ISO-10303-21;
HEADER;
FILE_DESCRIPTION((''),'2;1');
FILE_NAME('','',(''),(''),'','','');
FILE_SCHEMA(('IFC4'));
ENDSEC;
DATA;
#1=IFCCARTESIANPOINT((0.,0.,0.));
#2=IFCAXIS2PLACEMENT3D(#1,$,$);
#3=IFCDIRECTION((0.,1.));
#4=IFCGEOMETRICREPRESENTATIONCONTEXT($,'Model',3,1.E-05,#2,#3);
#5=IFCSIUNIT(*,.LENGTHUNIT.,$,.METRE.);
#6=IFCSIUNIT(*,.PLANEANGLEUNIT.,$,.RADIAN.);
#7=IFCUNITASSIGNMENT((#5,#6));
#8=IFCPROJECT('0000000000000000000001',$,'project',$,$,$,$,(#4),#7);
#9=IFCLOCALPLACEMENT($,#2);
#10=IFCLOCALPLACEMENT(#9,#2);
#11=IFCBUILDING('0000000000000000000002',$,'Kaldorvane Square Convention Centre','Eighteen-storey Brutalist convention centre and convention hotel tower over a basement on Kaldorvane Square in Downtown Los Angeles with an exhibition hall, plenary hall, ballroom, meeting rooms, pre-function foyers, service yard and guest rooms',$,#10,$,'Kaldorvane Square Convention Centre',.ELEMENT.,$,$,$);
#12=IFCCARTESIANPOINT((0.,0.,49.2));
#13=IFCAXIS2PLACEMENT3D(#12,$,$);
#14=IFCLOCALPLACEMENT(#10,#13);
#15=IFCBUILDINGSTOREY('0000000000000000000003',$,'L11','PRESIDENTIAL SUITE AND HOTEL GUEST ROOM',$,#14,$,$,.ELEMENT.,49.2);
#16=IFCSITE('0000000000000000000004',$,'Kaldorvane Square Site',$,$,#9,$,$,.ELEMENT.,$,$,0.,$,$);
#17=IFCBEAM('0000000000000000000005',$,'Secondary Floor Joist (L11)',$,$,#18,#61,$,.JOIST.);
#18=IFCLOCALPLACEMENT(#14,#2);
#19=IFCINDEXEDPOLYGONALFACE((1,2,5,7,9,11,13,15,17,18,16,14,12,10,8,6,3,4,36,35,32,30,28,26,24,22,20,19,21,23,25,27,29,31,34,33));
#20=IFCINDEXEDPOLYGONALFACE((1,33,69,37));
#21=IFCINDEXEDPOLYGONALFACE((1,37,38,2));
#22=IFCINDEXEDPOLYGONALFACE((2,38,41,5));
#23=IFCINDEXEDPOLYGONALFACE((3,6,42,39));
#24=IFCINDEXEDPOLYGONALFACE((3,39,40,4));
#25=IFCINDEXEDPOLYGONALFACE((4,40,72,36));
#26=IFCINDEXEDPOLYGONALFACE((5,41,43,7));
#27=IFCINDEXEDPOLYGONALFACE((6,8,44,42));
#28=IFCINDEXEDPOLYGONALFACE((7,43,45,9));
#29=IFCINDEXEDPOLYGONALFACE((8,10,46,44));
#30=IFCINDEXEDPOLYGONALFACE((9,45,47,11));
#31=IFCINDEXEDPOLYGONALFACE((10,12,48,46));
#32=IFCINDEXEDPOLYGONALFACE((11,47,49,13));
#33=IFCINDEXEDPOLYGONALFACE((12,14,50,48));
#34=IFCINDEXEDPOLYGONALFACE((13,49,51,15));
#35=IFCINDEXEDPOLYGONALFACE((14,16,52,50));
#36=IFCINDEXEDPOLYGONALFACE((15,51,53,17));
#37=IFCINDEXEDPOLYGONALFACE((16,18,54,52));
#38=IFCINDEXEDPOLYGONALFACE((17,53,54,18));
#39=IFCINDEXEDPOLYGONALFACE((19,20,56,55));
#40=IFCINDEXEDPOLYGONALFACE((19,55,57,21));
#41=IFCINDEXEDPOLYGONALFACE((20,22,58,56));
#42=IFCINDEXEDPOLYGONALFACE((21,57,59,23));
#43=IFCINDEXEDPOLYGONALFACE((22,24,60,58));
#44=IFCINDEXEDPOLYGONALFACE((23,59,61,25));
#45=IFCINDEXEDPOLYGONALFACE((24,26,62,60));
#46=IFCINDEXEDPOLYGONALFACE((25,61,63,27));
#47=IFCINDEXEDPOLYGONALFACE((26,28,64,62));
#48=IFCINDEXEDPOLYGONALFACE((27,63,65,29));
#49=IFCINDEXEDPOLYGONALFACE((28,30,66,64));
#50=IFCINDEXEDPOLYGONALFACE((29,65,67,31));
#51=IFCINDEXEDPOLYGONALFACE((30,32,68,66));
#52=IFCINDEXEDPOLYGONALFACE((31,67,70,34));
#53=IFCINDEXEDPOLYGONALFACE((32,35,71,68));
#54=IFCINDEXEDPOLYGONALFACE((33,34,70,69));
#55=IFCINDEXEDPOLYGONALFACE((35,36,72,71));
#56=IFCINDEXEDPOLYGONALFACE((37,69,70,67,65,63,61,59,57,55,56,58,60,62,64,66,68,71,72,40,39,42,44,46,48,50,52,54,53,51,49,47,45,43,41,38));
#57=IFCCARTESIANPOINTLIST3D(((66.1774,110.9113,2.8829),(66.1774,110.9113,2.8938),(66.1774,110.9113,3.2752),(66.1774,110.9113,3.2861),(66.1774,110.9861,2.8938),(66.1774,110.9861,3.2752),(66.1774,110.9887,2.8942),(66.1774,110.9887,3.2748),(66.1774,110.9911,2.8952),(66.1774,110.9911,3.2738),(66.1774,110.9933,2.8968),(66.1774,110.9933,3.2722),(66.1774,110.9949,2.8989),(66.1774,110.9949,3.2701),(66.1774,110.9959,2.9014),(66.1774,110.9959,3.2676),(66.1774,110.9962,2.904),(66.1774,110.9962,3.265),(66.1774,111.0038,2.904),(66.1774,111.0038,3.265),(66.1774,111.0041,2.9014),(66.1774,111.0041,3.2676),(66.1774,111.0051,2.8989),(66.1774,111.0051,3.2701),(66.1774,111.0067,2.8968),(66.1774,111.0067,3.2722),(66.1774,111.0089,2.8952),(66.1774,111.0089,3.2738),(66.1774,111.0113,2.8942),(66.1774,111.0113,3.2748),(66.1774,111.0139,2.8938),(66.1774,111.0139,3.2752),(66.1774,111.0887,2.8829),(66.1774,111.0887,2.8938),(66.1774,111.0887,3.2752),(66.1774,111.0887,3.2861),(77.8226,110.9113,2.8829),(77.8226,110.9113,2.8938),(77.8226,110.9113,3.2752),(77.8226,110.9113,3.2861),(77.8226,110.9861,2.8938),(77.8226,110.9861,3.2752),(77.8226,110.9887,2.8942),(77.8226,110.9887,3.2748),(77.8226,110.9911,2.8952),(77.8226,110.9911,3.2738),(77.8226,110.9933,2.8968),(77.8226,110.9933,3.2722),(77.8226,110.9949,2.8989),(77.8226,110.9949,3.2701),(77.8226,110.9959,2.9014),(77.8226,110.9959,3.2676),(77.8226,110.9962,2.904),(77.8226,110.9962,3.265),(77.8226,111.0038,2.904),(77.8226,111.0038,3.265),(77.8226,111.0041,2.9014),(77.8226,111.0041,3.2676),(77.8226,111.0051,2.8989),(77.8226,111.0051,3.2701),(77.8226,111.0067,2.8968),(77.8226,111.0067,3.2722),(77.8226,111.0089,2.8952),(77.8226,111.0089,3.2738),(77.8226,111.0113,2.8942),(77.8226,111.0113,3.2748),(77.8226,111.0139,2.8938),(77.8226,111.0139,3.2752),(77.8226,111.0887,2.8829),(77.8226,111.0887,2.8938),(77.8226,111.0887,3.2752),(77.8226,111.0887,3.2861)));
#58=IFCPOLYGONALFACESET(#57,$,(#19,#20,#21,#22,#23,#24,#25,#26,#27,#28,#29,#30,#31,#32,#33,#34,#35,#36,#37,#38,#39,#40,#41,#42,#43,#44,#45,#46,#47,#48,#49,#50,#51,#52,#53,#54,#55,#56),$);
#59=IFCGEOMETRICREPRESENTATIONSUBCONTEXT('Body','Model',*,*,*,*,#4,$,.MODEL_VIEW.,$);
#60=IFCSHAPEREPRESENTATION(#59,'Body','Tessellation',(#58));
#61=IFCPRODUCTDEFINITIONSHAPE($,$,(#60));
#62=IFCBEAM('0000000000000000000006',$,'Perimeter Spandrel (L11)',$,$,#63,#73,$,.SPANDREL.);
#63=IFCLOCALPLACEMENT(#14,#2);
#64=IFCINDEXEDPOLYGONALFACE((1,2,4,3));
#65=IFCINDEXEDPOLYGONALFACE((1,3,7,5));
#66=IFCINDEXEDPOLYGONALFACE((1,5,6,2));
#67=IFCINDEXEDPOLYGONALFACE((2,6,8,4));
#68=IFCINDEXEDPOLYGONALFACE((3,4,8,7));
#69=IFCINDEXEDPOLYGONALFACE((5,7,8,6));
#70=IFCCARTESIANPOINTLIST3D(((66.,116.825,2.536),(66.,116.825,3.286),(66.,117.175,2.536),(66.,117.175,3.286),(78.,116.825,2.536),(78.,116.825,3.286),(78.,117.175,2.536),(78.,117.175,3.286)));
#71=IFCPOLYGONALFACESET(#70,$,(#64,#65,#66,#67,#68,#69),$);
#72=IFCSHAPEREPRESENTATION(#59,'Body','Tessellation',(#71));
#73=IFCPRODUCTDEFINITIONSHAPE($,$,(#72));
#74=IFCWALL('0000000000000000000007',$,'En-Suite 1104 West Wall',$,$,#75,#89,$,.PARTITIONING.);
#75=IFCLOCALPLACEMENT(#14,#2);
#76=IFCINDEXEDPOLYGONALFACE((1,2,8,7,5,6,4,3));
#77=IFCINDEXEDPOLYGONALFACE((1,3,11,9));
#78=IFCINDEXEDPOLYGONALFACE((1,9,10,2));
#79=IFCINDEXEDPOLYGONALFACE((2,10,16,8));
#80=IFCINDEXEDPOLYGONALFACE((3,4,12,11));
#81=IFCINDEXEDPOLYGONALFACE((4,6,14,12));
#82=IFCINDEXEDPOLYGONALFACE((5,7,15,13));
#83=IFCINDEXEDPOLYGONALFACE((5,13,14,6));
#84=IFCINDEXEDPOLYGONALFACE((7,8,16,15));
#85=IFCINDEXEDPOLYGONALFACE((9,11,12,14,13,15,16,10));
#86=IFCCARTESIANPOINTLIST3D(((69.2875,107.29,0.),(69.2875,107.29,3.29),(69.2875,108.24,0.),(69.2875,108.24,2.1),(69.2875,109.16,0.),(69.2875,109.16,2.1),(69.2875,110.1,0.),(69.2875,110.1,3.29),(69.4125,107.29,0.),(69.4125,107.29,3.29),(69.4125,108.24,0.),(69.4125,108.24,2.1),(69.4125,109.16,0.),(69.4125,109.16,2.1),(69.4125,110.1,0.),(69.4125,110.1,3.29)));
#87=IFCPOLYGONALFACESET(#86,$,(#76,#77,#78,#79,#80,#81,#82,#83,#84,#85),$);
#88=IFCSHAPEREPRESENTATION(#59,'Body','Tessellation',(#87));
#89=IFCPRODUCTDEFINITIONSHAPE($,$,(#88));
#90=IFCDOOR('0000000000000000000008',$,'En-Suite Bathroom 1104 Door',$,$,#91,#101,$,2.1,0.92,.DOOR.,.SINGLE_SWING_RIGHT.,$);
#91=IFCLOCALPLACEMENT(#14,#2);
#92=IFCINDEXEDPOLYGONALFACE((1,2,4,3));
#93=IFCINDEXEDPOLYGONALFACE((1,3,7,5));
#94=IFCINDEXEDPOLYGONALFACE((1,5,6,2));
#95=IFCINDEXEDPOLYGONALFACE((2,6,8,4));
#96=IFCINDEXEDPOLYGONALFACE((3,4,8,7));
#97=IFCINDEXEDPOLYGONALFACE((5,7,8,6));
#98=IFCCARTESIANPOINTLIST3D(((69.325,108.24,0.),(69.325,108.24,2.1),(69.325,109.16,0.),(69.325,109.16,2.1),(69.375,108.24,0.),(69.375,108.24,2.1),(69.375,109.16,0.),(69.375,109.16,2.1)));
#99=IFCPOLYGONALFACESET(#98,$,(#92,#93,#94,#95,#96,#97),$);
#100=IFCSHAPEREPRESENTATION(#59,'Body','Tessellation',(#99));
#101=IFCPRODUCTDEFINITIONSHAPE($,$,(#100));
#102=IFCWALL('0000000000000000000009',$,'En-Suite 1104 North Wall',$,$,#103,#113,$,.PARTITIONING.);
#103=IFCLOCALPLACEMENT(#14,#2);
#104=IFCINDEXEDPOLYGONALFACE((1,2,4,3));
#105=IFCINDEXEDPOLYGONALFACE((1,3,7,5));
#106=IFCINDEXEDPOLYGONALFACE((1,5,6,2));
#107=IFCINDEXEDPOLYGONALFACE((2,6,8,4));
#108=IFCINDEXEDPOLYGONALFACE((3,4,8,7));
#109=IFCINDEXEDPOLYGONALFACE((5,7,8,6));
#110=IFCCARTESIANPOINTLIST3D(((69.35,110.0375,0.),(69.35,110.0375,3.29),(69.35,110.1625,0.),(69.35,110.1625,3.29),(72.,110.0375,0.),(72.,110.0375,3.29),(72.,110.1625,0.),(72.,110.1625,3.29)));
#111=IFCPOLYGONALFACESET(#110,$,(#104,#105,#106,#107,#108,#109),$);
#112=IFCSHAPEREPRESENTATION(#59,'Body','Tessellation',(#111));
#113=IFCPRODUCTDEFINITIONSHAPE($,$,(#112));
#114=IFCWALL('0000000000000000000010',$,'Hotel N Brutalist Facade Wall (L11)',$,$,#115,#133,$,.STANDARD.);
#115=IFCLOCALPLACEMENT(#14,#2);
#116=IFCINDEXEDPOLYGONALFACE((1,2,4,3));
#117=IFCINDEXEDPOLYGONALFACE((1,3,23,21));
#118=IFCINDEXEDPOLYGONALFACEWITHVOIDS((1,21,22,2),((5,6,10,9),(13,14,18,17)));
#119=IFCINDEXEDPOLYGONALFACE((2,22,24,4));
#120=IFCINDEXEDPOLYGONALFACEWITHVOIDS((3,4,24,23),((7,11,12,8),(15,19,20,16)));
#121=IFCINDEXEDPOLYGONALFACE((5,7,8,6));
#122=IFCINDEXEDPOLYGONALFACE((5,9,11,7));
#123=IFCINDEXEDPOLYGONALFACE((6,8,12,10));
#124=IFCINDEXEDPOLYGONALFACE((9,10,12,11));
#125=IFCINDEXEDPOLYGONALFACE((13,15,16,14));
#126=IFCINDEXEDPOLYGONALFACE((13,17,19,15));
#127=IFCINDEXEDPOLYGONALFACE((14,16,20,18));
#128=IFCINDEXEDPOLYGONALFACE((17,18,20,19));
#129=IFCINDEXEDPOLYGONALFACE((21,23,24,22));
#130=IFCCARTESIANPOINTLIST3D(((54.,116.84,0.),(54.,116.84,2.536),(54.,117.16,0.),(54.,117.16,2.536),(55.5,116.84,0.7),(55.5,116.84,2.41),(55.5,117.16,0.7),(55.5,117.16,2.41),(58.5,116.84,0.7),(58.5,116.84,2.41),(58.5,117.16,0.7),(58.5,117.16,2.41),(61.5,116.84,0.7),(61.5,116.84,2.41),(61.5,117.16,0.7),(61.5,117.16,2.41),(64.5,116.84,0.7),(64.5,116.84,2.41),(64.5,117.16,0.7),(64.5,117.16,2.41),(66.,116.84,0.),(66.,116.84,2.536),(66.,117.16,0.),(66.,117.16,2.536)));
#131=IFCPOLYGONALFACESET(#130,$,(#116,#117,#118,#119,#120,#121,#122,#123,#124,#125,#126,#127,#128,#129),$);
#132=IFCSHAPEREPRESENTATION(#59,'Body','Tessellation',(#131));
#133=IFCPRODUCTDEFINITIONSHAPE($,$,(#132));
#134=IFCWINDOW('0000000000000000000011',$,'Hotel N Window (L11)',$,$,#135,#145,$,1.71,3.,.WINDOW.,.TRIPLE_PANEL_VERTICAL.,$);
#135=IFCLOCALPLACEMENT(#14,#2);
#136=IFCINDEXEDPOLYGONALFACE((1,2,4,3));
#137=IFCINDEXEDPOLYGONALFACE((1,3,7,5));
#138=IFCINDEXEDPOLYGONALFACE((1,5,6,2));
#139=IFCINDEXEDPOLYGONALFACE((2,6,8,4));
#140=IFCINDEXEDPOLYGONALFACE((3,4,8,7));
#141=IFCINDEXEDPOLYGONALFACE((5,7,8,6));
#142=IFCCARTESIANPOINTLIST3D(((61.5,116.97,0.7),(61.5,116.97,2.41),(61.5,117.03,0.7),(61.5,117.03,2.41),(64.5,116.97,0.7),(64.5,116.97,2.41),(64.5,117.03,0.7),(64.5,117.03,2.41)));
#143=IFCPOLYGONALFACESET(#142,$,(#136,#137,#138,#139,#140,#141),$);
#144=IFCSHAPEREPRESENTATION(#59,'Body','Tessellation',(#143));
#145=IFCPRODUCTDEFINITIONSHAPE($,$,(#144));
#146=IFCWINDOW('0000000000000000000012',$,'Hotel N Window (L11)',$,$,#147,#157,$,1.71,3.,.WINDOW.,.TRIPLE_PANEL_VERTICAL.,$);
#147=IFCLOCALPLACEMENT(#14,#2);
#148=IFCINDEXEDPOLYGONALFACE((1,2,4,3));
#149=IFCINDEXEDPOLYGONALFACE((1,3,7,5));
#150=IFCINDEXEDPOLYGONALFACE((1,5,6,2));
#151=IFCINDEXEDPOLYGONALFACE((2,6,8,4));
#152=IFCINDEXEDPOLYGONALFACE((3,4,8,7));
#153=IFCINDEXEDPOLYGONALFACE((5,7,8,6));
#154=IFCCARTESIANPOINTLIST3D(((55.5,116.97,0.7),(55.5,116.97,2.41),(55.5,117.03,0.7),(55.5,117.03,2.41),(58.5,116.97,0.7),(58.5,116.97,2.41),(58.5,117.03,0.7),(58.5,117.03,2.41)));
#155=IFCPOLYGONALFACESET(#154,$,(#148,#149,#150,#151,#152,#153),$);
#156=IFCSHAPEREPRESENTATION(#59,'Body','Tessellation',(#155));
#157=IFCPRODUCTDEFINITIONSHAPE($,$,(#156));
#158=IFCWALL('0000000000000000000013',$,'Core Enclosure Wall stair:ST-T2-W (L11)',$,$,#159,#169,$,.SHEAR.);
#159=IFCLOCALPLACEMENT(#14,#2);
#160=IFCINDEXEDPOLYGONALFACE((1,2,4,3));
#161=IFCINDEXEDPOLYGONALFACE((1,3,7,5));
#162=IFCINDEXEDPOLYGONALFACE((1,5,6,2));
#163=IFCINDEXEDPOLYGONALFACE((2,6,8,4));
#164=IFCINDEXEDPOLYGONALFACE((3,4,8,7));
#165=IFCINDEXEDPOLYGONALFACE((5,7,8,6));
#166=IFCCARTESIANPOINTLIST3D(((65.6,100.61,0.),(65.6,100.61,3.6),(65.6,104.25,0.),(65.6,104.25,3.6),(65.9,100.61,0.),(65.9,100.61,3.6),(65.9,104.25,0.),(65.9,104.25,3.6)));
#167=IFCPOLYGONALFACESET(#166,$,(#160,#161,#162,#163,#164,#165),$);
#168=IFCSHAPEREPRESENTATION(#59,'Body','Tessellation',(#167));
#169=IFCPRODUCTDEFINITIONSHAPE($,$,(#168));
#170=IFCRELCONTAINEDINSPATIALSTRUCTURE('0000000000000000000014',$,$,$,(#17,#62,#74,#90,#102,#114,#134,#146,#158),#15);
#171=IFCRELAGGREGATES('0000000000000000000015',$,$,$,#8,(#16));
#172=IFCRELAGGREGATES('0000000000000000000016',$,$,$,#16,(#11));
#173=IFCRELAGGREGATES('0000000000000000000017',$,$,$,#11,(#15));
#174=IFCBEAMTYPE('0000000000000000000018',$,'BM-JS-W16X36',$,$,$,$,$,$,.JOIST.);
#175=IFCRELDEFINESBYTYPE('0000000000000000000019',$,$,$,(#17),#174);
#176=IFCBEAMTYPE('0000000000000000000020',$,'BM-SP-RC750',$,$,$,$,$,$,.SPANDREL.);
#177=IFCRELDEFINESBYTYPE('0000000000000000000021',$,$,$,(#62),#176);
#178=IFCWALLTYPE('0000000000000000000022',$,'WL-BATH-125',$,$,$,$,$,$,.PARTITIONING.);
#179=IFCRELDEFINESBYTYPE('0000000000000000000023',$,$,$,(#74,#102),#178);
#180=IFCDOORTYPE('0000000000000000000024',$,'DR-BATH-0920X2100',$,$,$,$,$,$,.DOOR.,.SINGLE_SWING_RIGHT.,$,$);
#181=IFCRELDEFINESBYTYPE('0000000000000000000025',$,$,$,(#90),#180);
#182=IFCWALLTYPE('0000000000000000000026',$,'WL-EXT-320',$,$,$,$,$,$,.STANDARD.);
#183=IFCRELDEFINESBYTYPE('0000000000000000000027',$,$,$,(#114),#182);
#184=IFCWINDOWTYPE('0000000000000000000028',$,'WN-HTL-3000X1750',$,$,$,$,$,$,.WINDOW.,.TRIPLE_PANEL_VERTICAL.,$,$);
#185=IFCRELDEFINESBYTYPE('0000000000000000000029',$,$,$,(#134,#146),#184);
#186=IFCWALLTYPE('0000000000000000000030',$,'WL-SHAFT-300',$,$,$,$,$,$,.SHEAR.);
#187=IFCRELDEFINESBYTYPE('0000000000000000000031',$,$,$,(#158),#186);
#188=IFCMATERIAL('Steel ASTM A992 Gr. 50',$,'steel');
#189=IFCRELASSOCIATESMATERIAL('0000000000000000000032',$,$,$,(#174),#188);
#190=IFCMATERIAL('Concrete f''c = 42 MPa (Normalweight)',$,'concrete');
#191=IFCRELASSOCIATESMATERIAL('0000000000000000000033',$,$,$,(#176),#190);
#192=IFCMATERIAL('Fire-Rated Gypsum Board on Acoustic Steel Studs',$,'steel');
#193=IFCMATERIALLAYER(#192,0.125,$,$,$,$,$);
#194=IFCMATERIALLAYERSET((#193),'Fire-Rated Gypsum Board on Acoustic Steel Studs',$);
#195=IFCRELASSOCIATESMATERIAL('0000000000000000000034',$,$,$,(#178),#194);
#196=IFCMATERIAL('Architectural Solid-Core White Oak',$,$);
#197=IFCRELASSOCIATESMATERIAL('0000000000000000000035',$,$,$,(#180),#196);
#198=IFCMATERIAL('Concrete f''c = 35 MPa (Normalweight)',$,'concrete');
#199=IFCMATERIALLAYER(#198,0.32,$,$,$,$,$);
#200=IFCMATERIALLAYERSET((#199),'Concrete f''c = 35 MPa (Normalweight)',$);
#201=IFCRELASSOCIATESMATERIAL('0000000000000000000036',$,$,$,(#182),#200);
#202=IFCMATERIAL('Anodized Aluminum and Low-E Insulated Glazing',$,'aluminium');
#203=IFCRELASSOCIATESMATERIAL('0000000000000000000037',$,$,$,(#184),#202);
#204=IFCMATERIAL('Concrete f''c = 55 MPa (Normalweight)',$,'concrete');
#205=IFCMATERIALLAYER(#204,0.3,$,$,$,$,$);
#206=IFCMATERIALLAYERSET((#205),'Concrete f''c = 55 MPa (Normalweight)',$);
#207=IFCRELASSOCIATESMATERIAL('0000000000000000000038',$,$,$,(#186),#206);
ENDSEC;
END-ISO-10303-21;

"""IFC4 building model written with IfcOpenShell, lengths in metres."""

from ifc_helpers import new_model, si_unit, direction, frame, frame_2d, origin, origin_2d, place, context, subcontext, project, spatial, rectangle, i_section, extrude, material, layer, layer_set, material_profile, profile_set, type_object, element, fill, save


model = new_model("IFC4")

# Units and contexts
model_context = context("Model", 3, precision=1e-05, world=origin(), true_north=direction((0.0, 1.0)))
body_context = subcontext(model_context, "Body", "Model", "MODEL_VIEW")
ifc_project = project(units=[si_unit("LENGTHUNIT", "METRE"), si_unit("PLANEANGLEUNIT", "RADIAN")], contexts=[model_context])

# Site, building, storey
site_placement = place(None, origin())
site = spatial("IfcSite", under=ifc_project, at=site_placement, Name="Kaldorvane Square Site", CompositionType="ELEMENT", RefElevation=0.0)
building_placement = place(site_placement, origin())
building = spatial("IfcBuilding", under=site, at=building_placement, Name="Kaldorvane Square Convention Centre", Description="Eighteen-storey Brutalist convention centre and convention hotel tower over a basement on Kaldorvane Square in Downtown Los Angeles with an exhibition hall, plenary hall, ballroom, meeting rooms, pre-function foyers, service yard and guest rooms", LongName="Kaldorvane Square Convention Centre", CompositionType="ELEMENT")
storey_placement = place(building_placement, frame((0.0, 0.0, 49.2)))
storey = spatial("IfcBuildingStorey", under=building, at=storey_placement, Name="L11", Description="PRESIDENTIAL SUITE AND HOTEL GUEST ROOM", CompositionType="ELEMENT", Elevation=49.2)

# Shared definitions
ifc_material_1 = material(Name="Concrete f'c = 42 MPa (Normalweight)", Category="concrete")
ifc_material_2 = material(Name="Steel ASTM A992 Gr. 50", Category="steel")

# Beams
ifc_material_profile_1 = material_profile(ifc_material_2, i_section(OverallWidth=0.1774, OverallDepth=0.4031, WebThickness=0.0075, FlangeThickness=0.0109, FilletRadius=0.0102, at=origin_2d()), Name="W16X36")
ifc_profile_set_1 = profile_set([ifc_material_profile_1], Name="Steel ASTM A992 Gr. 50")
beam_type_1 = type_object("IfcBeamType", Name="BM-JS-W16X36", PredefinedType="JOIST", material=ifc_profile_set_1)
beam_1_placement = place(storey_placement, frame((66.1774, 111.0, 3.0845), z_axis=(1.0, 0.0, 0.0), x_axis=(0.0, 1.0, 0.0)))
element("IfcBeam", 1, at=beam_1_placement, inside=storey, type_object=beam_type_1, Name="Secondary Floor Joist (L11)", PredefinedType="JOIST", context=body_context, shape_type="SweptSolid", body=[
    extrude(i_section(OverallWidth=0.1774, OverallDepth=0.4031, WebThickness=0.0075, FlangeThickness=0.0109, FilletRadius=0.0102, at=origin_2d()), origin(), (0.0, 0.0, 1.0), 11.6452),
])
ifc_material_profile_2 = material_profile(ifc_material_1, rectangle(XDim=0.35, YDim=0.75, at=origin_2d()), Name="RCSP750X350")
ifc_profile_set_2 = profile_set([ifc_material_profile_2], Name="Concrete f'c = 42 MPa (Normalweight)")
beam_type_2 = type_object("IfcBeamType", Name="BM-SP-RC750", PredefinedType="SPANDREL", material=ifc_profile_set_2)
beam_2_placement = place(storey_placement, frame((66.0, 117.0, 2.911), z_axis=(1.0, 0.0, 0.0), x_axis=(0.0, 1.0, 0.0)))
element("IfcBeam", 2, at=beam_2_placement, inside=storey, type_object=beam_type_2, Name="Perimeter Spandrel (L11)", PredefinedType="SPANDREL", context=body_context, shape_type="SweptSolid", body=[
    extrude(rectangle(XDim=0.35, YDim=0.75, at=origin_2d()), origin(), (0.0, 0.0, 1.0), 12.0),
])

# Wall, opening, door
ifc_material_3 = material(Name="Fire-Rated Gypsum Board on Acoustic Steel Studs", Category="steel")
ifc_layer_1 = layer(ifc_material_3, 0.125)
ifc_layer_set_1 = layer_set([ifc_layer_1], Name="Fire-Rated Gypsum Board on Acoustic Steel Studs")
wall_type_1 = type_object("IfcWallType", Name="WL-BATH-125", PredefinedType="PARTITIONING", material=ifc_layer_set_1)
wall_1_placement = place(storey_placement, frame((69.35, 107.29, 0.0), z_axis=(0.0, 0.0, 1.0), x_axis=(0.0, 1.0, 0.0)))
wall_1 = element("IfcWall", 3, at=wall_1_placement, inside=storey, type_object=wall_type_1, Name="En-Suite 1104 West Wall", PredefinedType="PARTITIONING", context=body_context, shape_type="SweptSolid", body=[
    extrude(rectangle(XDim=2.81, YDim=0.125, at=frame_2d((1.405, 0.0))), origin(), (0.0, 0.0, 1.0), 3.29),
])
opening_1_placement = place(wall_1_placement, frame((0.95, 0.0, 0.0)))
opening_1 = element("IfcOpeningElement", 4, at=opening_1_placement, cuts=wall_1, PredefinedType="OPENING", context=body_context, shape_type="SweptSolid", body=[
    extrude(rectangle(XDim=0.92, YDim=2.1, at=frame_2d((0.46, 1.05))), frame((0.0, 0.0775, 0.0), z_axis=(0.0, -1.0, 0.0), x_axis=(1.0, 0.0, 0.0)), (0.0, 0.0, 1.0), 0.155),
])
ifc_material_4 = material(Name="Architectural Solid-Core White Oak")
door_type = type_object("IfcDoorType", Name="DR-BATH-0920X2100", OperationType="SINGLE_SWING_RIGHT", PredefinedType="DOOR", material=ifc_material_4)
door_placement = place(opening_1_placement, origin())
door = element("IfcDoor", 5, at=door_placement, inside=storey, type_object=door_type, Name="En-Suite Bathroom 1104 Door", OperationType="SINGLE_SWING_RIGHT", OverallHeight=2.1, OverallWidth=0.92, PredefinedType="DOOR", context=body_context, shape_type="SweptSolid", body=[
    extrude(rectangle(XDim=0.92, YDim=2.1, at=frame_2d((0.46, 1.05))), frame((0.0, 0.025, 0.0), z_axis=(0.0, -1.0, 0.0), x_axis=(1.0, 0.0, 0.0)), (0.0, 0.0, 1.0), 0.05),
])
fill(opening_1, door)

# Wall
wall_2_placement = place(storey_placement, frame((69.35, 110.1, 0.0), z_axis=(0.0, 0.0, 1.0), x_axis=(1.0, 0.0, 0.0)))
element("IfcWall", 6, at=wall_2_placement, inside=storey, type_object=wall_type_1, Name="En-Suite 1104 North Wall", PredefinedType="PARTITIONING", context=body_context, shape_type="SweptSolid", body=[
    extrude(rectangle(XDim=2.65, YDim=0.125, at=frame_2d((1.325, 0.0))), origin(), (0.0, 0.0, 1.0), 3.29),
])

# Wall, openings, windows
ifc_material_5 = material(Name="Concrete f'c = 35 MPa (Normalweight)", Category="concrete")
ifc_layer_2 = layer(ifc_material_5, 0.32)
ifc_layer_set_2 = layer_set([ifc_layer_2], Name="Concrete f'c = 35 MPa (Normalweight)")
wall_type_2 = type_object("IfcWallType", Name="WL-EXT-320", PredefinedType="STANDARD", material=ifc_layer_set_2)
wall_3_placement = place(storey_placement, frame((66.0, 117.0, 0.0), z_axis=(0.0, 0.0, 1.0), x_axis=(-1.0, 0.0, 0.0)))
wall_3 = element("IfcWall", 7, at=wall_3_placement, inside=storey, type_object=wall_type_2, Name="Hotel N Brutalist Facade Wall (L11)", PredefinedType="STANDARD", context=body_context, shape_type="SweptSolid", body=[
    extrude(rectangle(XDim=12.0, YDim=0.32, at=frame_2d((6.0, 0.0))), origin(), (0.0, 0.0, 1.0), 2.536),
])
opening_2_placement = place(wall_3_placement, frame((1.5, 0.0, 0.7)))
opening_2 = element("IfcOpeningElement", 8, at=opening_2_placement, cuts=wall_3, PredefinedType="OPENING", context=body_context, shape_type="SweptSolid", body=[
    extrude(rectangle(XDim=3.0, YDim=1.71, at=frame_2d((1.5, 0.855))), frame((0.0, 0.175, 0.0), z_axis=(0.0, -1.0, 0.0), x_axis=(1.0, 0.0, 0.0)), (0.0, 0.0, 1.0), 0.35),
])
opening_3_placement = place(wall_3_placement, frame((7.5, 0.0, 0.7)))
opening_3 = element("IfcOpeningElement", 9, at=opening_3_placement, cuts=wall_3, PredefinedType="OPENING", context=body_context, shape_type="SweptSolid", body=[
    extrude(rectangle(XDim=3.0, YDim=1.71, at=frame_2d((1.5, 0.855))), frame((0.0, 0.175, 0.0), z_axis=(0.0, -1.0, 0.0), x_axis=(1.0, 0.0, 0.0)), (0.0, 0.0, 1.0), 0.35),
])
ifc_material_6 = material(Name="Anodized Aluminum and Low-E Insulated Glazing", Category="aluminium")
window_type = type_object("IfcWindowType", Name="WN-HTL-3000X1750", PartitioningType="TRIPLE_PANEL_VERTICAL", PredefinedType="WINDOW", material=ifc_material_6)
window_1_placement = place(opening_2_placement, origin())
window_1 = element("IfcWindow", 10, at=window_1_placement, inside=storey, type_object=window_type, Name="Hotel N Window (L11)", OverallHeight=1.71, OverallWidth=3.0, PartitioningType="TRIPLE_PANEL_VERTICAL", PredefinedType="WINDOW", context=body_context, shape_type="SweptSolid", body=[
    extrude(rectangle(XDim=3.0, YDim=1.71, at=frame_2d((1.5, 0.855))), frame((0.0, 0.03, 0.0), z_axis=(0.0, -1.0, 0.0), x_axis=(1.0, 0.0, 0.0)), (0.0, 0.0, 1.0), 0.06),
])
fill(opening_2, window_1)
window_2_placement = place(opening_3_placement, origin())
window_2 = element("IfcWindow", 11, at=window_2_placement, inside=storey, type_object=window_type, Name="Hotel N Window (L11)", OverallHeight=1.71, OverallWidth=3.0, PartitioningType="TRIPLE_PANEL_VERTICAL", PredefinedType="WINDOW", context=body_context, shape_type="SweptSolid", body=[
    extrude(rectangle(XDim=3.0, YDim=1.71, at=frame_2d((1.5, 0.855))), frame((0.0, 0.03, 0.0), z_axis=(0.0, -1.0, 0.0), x_axis=(1.0, 0.0, 0.0)), (0.0, 0.0, 1.0), 0.06),
])
fill(opening_3, window_2)

# Wall
ifc_material_7 = material(Name="Concrete f'c = 55 MPa (Normalweight)", Category="concrete")
ifc_layer_3 = layer(ifc_material_7, 0.3)
ifc_layer_set_3 = layer_set([ifc_layer_3], Name="Concrete f'c = 55 MPa (Normalweight)")
wall_type_3 = type_object("IfcWallType", Name="WL-SHAFT-300", PredefinedType="SHEAR", material=ifc_layer_set_3)
wall_4_placement = place(storey_placement, frame((65.75, 104.25, 0.0), z_axis=(0.0, 0.0, 1.0), x_axis=(0.0, -1.0, 0.0)))
element("IfcWall", 12, at=wall_4_placement, inside=storey, type_object=wall_type_3, Name="Core Enclosure Wall stair:ST-T2-W (L11)", PredefinedType="SHEAR", context=body_context, shape_type="SweptSolid", body=[
    extrude(rectangle(XDim=3.64, YDim=0.3, at=frame_2d((1.82, 0.0))), origin(), (0.0, 0.0, 1.0), 3.6),
])

save(model, "model.ifc")
